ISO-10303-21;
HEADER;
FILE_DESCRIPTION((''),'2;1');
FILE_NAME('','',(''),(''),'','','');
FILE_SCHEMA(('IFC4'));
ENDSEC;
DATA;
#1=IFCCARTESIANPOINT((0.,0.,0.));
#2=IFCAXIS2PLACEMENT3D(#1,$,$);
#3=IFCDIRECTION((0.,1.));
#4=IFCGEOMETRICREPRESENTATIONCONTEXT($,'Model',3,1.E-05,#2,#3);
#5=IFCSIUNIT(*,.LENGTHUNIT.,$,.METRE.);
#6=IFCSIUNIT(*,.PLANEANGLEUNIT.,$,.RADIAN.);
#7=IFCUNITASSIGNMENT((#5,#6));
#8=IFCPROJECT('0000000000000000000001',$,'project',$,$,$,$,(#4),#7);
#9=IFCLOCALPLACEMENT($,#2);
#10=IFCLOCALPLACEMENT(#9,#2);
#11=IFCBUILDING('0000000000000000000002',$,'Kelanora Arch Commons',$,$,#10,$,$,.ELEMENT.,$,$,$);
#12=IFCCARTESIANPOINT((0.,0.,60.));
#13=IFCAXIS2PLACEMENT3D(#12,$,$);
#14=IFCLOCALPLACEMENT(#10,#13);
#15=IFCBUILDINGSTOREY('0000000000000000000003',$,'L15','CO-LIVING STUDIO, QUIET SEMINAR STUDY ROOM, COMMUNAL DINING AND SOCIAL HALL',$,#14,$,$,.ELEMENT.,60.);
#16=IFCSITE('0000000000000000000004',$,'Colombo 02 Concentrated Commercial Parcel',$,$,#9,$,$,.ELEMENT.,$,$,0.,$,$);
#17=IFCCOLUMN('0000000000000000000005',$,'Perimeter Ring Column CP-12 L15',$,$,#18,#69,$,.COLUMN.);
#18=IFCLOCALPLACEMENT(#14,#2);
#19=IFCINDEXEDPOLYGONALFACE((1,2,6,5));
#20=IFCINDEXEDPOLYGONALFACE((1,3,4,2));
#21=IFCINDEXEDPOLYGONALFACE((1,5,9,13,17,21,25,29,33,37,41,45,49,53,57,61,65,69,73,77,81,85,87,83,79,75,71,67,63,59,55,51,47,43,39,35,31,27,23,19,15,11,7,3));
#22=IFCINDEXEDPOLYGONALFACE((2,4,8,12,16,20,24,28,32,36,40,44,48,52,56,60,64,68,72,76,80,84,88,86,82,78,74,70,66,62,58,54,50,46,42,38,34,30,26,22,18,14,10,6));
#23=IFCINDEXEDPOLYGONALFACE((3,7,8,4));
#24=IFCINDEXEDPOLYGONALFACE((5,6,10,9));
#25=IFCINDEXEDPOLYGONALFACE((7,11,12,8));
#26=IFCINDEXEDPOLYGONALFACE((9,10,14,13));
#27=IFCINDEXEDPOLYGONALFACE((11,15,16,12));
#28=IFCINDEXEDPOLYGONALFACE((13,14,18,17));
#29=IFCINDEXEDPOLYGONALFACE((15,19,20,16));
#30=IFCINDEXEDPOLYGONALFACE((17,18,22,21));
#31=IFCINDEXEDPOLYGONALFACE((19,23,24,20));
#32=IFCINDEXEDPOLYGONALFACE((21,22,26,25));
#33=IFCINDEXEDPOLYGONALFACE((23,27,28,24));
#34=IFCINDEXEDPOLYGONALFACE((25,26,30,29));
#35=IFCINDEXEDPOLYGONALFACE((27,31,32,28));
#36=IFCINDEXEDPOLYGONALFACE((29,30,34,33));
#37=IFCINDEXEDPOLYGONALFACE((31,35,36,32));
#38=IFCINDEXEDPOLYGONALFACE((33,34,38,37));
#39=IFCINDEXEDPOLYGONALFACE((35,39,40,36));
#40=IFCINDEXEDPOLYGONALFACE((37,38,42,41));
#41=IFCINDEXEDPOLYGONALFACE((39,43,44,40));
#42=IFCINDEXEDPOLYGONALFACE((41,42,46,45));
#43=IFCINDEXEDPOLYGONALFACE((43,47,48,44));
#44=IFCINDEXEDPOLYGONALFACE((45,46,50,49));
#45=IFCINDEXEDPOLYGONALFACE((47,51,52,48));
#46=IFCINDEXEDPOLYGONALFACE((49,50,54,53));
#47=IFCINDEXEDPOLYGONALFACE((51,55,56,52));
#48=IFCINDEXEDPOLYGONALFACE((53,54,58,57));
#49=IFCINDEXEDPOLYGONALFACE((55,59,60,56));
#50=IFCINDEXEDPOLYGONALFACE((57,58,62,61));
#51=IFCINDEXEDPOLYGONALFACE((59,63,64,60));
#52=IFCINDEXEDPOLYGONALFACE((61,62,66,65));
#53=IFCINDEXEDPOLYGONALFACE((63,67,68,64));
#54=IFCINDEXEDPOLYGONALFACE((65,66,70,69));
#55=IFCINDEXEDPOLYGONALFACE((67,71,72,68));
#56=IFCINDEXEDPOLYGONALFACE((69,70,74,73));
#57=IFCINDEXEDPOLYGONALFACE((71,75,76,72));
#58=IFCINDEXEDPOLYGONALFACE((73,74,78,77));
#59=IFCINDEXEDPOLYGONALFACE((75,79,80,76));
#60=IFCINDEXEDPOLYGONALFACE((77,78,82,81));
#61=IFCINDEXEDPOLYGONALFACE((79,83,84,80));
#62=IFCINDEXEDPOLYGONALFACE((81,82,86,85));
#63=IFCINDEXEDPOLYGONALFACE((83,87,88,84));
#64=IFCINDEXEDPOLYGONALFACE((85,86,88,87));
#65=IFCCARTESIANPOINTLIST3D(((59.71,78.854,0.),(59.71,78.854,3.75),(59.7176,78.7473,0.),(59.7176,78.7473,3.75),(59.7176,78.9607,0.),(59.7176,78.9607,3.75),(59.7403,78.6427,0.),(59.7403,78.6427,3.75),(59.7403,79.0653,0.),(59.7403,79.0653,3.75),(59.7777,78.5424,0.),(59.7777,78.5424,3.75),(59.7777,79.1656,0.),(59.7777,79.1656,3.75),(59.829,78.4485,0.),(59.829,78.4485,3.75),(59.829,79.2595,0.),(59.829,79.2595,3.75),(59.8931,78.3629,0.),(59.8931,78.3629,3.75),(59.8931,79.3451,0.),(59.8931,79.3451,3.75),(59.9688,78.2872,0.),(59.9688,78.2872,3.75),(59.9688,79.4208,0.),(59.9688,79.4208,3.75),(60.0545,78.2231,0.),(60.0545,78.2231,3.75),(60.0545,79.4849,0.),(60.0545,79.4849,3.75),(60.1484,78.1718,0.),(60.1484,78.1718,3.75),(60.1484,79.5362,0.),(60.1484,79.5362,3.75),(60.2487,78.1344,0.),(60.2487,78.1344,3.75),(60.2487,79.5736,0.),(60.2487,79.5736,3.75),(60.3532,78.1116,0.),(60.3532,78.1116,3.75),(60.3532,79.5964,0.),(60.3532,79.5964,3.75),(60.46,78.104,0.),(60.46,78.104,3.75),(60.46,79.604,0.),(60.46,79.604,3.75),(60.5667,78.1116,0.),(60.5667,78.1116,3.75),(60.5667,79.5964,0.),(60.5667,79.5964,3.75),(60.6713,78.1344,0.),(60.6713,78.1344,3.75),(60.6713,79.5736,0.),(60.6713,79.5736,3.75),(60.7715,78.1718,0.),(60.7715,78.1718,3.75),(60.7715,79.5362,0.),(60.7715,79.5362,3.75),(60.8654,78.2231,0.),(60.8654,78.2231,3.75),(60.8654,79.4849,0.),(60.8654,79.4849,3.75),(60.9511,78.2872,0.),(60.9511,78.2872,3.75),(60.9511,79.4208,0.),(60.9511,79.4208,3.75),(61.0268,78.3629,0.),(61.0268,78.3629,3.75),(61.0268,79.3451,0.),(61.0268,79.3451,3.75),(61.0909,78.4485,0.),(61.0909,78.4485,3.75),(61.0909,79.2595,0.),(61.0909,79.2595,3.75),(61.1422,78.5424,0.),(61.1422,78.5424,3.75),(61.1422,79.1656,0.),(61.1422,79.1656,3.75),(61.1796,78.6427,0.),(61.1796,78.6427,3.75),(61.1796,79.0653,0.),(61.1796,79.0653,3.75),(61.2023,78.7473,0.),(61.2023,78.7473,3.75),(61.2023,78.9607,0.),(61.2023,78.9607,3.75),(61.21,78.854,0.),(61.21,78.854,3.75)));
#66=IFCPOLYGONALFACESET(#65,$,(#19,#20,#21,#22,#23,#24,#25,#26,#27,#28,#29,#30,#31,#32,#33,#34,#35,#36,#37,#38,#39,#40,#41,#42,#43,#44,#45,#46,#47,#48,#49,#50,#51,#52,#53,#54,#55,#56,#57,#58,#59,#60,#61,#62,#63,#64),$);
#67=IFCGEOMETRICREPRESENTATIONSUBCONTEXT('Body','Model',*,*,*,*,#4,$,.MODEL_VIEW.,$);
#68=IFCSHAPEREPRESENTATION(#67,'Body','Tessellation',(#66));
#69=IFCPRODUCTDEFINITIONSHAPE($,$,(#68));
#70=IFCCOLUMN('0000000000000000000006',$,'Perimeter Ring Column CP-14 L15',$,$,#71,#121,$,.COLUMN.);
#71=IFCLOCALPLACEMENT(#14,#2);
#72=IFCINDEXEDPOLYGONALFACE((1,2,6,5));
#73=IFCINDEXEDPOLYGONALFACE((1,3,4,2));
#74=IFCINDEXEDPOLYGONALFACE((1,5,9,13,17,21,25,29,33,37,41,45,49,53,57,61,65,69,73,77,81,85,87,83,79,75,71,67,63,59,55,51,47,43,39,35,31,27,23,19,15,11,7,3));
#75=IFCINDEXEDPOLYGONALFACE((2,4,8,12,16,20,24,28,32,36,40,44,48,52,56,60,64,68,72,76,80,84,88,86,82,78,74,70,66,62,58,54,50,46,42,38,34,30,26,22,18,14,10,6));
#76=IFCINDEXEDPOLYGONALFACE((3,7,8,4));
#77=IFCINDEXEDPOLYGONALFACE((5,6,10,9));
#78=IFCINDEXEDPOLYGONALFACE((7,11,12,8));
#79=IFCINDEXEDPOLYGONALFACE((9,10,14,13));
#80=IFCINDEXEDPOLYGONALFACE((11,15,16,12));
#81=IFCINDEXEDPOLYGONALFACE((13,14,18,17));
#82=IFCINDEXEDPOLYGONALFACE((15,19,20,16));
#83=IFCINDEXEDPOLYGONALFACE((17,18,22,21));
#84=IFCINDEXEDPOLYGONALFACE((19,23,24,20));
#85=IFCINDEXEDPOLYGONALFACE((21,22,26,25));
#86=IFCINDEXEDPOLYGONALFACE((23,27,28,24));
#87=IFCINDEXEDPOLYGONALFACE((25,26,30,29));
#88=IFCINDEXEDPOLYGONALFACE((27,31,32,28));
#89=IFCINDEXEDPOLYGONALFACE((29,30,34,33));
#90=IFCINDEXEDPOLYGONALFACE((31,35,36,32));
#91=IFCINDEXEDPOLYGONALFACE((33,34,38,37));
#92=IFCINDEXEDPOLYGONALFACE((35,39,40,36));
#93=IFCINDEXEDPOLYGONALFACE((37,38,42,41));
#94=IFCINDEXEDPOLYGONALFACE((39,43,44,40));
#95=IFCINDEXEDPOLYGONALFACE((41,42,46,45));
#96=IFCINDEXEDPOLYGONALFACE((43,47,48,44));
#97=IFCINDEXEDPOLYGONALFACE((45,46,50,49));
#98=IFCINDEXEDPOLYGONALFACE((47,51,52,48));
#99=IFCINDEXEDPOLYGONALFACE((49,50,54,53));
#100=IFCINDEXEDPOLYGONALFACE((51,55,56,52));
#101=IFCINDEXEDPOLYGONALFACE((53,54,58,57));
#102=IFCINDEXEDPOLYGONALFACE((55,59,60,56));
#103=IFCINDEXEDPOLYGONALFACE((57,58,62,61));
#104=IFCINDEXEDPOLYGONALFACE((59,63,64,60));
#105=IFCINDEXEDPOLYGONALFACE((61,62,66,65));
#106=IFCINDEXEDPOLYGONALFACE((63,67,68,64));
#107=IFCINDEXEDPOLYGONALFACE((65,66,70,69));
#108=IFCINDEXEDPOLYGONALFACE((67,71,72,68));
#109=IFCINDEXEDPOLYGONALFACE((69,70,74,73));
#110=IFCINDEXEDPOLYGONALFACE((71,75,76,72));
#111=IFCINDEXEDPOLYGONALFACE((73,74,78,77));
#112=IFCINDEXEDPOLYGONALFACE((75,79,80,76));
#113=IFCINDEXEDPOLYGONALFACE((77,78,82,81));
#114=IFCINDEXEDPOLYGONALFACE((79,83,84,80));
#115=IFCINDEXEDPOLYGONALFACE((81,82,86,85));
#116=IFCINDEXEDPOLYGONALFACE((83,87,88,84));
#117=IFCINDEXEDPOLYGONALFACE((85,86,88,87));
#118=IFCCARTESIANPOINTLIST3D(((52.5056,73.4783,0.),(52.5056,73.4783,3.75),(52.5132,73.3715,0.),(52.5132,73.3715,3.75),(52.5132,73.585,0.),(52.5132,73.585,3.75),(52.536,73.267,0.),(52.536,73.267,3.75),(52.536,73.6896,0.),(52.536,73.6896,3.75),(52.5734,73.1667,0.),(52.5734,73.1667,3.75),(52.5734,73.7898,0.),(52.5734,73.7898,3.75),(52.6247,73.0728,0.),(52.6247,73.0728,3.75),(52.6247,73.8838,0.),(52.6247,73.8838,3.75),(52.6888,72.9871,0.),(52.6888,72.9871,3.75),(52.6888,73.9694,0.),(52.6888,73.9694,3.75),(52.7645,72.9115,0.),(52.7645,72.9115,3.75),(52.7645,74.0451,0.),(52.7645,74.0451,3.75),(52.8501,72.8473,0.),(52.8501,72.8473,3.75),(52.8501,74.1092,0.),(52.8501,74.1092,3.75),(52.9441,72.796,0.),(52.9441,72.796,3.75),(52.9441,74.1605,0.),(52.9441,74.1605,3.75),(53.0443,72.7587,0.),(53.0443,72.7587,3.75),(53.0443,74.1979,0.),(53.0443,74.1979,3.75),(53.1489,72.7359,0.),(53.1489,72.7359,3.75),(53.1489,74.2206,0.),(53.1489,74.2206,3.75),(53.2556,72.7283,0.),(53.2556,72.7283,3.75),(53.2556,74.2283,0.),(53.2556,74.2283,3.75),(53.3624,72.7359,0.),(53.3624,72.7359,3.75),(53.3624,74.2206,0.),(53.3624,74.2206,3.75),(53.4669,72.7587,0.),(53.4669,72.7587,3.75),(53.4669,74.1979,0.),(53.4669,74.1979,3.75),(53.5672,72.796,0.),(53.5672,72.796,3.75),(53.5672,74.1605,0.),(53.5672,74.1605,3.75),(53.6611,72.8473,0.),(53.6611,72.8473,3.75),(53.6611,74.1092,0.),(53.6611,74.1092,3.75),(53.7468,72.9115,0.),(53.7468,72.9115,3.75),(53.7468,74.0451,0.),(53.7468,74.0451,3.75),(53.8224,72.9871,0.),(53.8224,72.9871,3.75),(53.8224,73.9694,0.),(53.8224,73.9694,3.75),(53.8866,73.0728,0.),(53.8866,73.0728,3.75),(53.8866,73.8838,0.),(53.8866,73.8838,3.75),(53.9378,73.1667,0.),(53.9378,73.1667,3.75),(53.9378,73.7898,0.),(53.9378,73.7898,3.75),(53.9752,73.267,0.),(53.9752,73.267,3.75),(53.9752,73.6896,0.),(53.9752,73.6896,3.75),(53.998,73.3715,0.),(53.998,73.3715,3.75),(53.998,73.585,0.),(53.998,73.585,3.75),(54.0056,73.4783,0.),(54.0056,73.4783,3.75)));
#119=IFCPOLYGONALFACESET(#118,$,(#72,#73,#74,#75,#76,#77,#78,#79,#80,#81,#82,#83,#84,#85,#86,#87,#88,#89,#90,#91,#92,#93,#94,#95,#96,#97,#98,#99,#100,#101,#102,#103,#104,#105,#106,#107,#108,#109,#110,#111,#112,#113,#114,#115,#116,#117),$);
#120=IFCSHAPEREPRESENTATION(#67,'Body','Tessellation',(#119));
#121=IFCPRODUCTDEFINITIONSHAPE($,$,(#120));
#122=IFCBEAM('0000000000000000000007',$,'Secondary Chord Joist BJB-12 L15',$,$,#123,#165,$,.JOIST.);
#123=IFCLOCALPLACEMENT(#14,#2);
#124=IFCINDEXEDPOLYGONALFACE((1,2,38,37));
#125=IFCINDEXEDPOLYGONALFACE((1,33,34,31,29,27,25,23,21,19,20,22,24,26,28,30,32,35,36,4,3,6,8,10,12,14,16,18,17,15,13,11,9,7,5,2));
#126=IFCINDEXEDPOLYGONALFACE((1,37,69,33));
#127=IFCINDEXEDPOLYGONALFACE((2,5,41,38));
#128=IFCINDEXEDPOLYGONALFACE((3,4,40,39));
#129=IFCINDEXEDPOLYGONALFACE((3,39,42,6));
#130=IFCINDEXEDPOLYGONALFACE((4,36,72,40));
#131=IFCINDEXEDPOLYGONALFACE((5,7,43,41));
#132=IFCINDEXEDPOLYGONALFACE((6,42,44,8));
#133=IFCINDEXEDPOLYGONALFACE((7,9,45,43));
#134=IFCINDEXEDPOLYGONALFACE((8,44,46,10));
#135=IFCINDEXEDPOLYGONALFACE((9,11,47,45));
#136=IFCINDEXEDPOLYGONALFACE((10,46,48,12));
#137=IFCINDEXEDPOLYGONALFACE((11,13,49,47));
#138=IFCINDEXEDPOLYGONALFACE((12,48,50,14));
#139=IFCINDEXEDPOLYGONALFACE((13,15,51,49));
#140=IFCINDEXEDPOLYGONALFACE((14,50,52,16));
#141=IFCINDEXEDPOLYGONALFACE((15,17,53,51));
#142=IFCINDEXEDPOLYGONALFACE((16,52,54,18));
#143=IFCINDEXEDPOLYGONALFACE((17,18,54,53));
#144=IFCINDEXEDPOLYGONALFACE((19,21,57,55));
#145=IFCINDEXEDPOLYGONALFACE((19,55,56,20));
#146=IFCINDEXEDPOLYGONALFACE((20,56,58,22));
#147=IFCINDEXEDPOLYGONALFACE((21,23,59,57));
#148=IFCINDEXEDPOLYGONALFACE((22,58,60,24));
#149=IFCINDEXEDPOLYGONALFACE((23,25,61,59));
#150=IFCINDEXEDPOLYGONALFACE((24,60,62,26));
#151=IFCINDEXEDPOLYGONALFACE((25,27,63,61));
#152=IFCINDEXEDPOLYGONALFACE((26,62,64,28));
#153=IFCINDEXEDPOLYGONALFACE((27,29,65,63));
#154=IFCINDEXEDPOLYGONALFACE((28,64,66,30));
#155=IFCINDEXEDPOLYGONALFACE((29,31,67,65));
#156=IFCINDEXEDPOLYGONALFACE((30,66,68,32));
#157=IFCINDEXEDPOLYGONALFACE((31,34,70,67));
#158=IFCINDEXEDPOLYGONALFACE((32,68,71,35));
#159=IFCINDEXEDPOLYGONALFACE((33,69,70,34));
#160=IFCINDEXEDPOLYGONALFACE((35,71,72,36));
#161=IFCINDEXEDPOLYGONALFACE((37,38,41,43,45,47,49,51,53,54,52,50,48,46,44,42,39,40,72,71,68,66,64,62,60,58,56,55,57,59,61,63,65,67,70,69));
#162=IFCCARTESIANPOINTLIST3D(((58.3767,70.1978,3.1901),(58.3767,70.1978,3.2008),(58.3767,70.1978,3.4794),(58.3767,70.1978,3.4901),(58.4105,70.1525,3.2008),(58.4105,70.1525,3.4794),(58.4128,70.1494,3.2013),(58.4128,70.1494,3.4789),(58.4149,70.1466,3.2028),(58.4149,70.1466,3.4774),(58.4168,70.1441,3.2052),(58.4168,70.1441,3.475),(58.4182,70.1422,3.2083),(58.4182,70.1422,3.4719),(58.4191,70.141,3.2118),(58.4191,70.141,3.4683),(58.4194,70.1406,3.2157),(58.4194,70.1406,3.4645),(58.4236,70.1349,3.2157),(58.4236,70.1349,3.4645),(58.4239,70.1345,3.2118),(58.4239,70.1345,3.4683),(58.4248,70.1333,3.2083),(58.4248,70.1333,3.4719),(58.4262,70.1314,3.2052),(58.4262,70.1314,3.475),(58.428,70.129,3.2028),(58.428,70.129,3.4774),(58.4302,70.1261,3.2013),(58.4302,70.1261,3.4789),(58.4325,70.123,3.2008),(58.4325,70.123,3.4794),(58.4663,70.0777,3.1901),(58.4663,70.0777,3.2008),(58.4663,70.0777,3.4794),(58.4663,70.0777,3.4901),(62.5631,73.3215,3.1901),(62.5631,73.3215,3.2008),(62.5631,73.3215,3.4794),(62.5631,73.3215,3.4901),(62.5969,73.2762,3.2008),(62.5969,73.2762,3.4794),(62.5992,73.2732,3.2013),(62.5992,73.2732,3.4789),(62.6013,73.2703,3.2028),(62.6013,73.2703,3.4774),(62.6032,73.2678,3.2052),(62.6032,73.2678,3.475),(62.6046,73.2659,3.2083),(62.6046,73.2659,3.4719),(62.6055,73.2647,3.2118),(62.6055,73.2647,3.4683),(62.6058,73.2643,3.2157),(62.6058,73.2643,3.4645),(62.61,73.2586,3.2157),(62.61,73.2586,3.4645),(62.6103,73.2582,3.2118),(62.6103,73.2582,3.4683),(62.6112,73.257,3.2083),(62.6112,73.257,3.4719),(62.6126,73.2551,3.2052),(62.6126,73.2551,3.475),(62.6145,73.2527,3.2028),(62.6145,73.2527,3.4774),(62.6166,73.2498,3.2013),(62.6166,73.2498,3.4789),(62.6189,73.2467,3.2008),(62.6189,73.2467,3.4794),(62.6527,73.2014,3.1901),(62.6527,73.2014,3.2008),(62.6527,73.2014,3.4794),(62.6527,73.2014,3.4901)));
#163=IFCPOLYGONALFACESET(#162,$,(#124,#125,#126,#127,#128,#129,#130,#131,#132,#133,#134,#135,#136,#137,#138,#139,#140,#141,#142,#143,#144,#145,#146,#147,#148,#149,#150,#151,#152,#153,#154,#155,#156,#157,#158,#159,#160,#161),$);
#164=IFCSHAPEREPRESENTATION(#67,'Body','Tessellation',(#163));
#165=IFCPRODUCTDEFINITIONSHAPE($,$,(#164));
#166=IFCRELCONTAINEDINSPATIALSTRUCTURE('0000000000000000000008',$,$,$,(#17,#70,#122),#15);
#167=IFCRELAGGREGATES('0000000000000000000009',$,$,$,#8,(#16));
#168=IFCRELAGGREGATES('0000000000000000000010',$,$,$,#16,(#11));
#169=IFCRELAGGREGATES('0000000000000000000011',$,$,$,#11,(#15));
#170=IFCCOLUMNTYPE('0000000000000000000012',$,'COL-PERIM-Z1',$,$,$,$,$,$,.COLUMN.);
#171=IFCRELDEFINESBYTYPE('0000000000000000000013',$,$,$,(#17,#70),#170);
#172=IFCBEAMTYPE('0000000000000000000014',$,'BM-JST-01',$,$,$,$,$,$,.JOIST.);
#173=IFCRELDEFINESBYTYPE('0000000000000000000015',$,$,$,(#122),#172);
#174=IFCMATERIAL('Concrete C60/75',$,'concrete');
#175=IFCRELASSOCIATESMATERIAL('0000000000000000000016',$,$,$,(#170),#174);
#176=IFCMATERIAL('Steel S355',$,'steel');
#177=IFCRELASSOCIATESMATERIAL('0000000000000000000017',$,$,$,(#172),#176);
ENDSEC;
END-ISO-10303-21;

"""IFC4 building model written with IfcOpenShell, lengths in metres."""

from ifc_helpers import new_model, si_unit, direction, frame, origin, origin_2d, place, context, subcontext, project, spatial, circle, i_section, extrude, material, material_profile, profile_set, type_object, element, save


model = new_model("IFC4")

# Units and contexts
model_context = context("Model", 3, precision=1e-05, world=origin(), true_north=direction((0.0, 1.0)))
body_context = subcontext(model_context, "Body", "Model", "MODEL_VIEW")
ifc_project = project(units=[si_unit("LENGTHUNIT", "METRE"), si_unit("PLANEANGLEUNIT", "RADIAN")], contexts=[model_context])

# Site, building, storey
site_placement = place(None, origin())
site = spatial("IfcSite", under=ifc_project, at=site_placement, Name="Colombo 02 Concentrated Commercial Parcel", CompositionType="ELEMENT", RefElevation=0.0)
building_placement = place(site_placement, origin())
building = spatial("IfcBuilding", under=site, at=building_placement, Name="Kelanora Arch Commons", CompositionType="ELEMENT")
storey_placement = place(building_placement, frame((0.0, 0.0, 60.0)))
storey = spatial("IfcBuildingStorey", under=building, at=storey_placement, Name="L15", Description="CO-LIVING STUDIO, QUIET SEMINAR STUDY ROOM, COMMUNAL DINING AND SOCIAL HALL", CompositionType="ELEMENT", Elevation=60.0)

# Columns
ifc_material_1 = material(Name="Concrete C60/75", Category="concrete")
ifc_material_profile_1 = material_profile(ifc_material_1, circle(Radius=0.75, at=origin_2d()), Name="RCC1500")
ifc_profile_set_1 = profile_set([ifc_material_profile_1], Name="Concrete C60/75")
column_type = type_object("IfcColumnType", Name="COL-PERIM-Z1", PredefinedType="COLUMN", material=ifc_profile_set_1)
for number, where, z_axis, x_axis, name in (
    (1, (60.46, 78.854, 0.0), (0.0, 0.0, 1.0), (1.0, 0.0, 0.0), "Perimeter Ring Column CP-12 L15"),
    (2, (53.2556, 73.4783, 0.0), (0.0, 0.0, 1.0), (1.0, 0.0, 0.0), "Perimeter Ring Column CP-14 L15"),
):
    element("IfcColumn", number, at=place(storey_placement, frame(where, z_axis=z_axis, x_axis=x_axis)), inside=storey, type_object=column_type, Name=name, PredefinedType="COLUMN", context=body_context, shape_type="SweptSolid", body=[
        extrude(circle(Radius=0.75, at=origin_2d()), origin(), (0.0, 0.0, 1.0), 3.75),
    ])

# Beam
ifc_material_2 = material(Name="Steel S355", Category="steel")
ifc_material_profile_2 = material_profile(ifc_material_2, i_section(OverallWidth=0.1499, OverallDepth=0.3, WebThickness=0.0071, FlangeThickness=0.0107, FilletRadius=0.0149, at=origin_2d()), Name="IPE300")
ifc_profile_set_2 = profile_set([ifc_material_profile_2], Name="Steel S355")
beam_type_1 = type_object("IfcBeamType", Name="BM-JST-01", PredefinedType="JOIST", material=ifc_profile_set_2)
beam_1_placement = place(storey_placement, frame((62.6079, 73.2615, 3.3401), z_axis=(-0.801478, -0.598024, 0.0), x_axis=(0.598024, -0.801478, 0.0)))
element("IfcBeam", 3, at=beam_1_placement, inside=storey, type_object=beam_type_1, Name="Secondary Chord Joist BJB-12 L15", PredefinedType="JOIST", context=body_context, shape_type="SweptSolid", body=[
    extrude(i_section(OverallWidth=0.1499, OverallDepth=0.3, WebThickness=0.0071, FlangeThickness=0.0107, FilletRadius=0.0149, at=origin_2d()), origin(), (0.0, 0.0, 1.0), 5.2234),
])

save(model, "model.ifc")
